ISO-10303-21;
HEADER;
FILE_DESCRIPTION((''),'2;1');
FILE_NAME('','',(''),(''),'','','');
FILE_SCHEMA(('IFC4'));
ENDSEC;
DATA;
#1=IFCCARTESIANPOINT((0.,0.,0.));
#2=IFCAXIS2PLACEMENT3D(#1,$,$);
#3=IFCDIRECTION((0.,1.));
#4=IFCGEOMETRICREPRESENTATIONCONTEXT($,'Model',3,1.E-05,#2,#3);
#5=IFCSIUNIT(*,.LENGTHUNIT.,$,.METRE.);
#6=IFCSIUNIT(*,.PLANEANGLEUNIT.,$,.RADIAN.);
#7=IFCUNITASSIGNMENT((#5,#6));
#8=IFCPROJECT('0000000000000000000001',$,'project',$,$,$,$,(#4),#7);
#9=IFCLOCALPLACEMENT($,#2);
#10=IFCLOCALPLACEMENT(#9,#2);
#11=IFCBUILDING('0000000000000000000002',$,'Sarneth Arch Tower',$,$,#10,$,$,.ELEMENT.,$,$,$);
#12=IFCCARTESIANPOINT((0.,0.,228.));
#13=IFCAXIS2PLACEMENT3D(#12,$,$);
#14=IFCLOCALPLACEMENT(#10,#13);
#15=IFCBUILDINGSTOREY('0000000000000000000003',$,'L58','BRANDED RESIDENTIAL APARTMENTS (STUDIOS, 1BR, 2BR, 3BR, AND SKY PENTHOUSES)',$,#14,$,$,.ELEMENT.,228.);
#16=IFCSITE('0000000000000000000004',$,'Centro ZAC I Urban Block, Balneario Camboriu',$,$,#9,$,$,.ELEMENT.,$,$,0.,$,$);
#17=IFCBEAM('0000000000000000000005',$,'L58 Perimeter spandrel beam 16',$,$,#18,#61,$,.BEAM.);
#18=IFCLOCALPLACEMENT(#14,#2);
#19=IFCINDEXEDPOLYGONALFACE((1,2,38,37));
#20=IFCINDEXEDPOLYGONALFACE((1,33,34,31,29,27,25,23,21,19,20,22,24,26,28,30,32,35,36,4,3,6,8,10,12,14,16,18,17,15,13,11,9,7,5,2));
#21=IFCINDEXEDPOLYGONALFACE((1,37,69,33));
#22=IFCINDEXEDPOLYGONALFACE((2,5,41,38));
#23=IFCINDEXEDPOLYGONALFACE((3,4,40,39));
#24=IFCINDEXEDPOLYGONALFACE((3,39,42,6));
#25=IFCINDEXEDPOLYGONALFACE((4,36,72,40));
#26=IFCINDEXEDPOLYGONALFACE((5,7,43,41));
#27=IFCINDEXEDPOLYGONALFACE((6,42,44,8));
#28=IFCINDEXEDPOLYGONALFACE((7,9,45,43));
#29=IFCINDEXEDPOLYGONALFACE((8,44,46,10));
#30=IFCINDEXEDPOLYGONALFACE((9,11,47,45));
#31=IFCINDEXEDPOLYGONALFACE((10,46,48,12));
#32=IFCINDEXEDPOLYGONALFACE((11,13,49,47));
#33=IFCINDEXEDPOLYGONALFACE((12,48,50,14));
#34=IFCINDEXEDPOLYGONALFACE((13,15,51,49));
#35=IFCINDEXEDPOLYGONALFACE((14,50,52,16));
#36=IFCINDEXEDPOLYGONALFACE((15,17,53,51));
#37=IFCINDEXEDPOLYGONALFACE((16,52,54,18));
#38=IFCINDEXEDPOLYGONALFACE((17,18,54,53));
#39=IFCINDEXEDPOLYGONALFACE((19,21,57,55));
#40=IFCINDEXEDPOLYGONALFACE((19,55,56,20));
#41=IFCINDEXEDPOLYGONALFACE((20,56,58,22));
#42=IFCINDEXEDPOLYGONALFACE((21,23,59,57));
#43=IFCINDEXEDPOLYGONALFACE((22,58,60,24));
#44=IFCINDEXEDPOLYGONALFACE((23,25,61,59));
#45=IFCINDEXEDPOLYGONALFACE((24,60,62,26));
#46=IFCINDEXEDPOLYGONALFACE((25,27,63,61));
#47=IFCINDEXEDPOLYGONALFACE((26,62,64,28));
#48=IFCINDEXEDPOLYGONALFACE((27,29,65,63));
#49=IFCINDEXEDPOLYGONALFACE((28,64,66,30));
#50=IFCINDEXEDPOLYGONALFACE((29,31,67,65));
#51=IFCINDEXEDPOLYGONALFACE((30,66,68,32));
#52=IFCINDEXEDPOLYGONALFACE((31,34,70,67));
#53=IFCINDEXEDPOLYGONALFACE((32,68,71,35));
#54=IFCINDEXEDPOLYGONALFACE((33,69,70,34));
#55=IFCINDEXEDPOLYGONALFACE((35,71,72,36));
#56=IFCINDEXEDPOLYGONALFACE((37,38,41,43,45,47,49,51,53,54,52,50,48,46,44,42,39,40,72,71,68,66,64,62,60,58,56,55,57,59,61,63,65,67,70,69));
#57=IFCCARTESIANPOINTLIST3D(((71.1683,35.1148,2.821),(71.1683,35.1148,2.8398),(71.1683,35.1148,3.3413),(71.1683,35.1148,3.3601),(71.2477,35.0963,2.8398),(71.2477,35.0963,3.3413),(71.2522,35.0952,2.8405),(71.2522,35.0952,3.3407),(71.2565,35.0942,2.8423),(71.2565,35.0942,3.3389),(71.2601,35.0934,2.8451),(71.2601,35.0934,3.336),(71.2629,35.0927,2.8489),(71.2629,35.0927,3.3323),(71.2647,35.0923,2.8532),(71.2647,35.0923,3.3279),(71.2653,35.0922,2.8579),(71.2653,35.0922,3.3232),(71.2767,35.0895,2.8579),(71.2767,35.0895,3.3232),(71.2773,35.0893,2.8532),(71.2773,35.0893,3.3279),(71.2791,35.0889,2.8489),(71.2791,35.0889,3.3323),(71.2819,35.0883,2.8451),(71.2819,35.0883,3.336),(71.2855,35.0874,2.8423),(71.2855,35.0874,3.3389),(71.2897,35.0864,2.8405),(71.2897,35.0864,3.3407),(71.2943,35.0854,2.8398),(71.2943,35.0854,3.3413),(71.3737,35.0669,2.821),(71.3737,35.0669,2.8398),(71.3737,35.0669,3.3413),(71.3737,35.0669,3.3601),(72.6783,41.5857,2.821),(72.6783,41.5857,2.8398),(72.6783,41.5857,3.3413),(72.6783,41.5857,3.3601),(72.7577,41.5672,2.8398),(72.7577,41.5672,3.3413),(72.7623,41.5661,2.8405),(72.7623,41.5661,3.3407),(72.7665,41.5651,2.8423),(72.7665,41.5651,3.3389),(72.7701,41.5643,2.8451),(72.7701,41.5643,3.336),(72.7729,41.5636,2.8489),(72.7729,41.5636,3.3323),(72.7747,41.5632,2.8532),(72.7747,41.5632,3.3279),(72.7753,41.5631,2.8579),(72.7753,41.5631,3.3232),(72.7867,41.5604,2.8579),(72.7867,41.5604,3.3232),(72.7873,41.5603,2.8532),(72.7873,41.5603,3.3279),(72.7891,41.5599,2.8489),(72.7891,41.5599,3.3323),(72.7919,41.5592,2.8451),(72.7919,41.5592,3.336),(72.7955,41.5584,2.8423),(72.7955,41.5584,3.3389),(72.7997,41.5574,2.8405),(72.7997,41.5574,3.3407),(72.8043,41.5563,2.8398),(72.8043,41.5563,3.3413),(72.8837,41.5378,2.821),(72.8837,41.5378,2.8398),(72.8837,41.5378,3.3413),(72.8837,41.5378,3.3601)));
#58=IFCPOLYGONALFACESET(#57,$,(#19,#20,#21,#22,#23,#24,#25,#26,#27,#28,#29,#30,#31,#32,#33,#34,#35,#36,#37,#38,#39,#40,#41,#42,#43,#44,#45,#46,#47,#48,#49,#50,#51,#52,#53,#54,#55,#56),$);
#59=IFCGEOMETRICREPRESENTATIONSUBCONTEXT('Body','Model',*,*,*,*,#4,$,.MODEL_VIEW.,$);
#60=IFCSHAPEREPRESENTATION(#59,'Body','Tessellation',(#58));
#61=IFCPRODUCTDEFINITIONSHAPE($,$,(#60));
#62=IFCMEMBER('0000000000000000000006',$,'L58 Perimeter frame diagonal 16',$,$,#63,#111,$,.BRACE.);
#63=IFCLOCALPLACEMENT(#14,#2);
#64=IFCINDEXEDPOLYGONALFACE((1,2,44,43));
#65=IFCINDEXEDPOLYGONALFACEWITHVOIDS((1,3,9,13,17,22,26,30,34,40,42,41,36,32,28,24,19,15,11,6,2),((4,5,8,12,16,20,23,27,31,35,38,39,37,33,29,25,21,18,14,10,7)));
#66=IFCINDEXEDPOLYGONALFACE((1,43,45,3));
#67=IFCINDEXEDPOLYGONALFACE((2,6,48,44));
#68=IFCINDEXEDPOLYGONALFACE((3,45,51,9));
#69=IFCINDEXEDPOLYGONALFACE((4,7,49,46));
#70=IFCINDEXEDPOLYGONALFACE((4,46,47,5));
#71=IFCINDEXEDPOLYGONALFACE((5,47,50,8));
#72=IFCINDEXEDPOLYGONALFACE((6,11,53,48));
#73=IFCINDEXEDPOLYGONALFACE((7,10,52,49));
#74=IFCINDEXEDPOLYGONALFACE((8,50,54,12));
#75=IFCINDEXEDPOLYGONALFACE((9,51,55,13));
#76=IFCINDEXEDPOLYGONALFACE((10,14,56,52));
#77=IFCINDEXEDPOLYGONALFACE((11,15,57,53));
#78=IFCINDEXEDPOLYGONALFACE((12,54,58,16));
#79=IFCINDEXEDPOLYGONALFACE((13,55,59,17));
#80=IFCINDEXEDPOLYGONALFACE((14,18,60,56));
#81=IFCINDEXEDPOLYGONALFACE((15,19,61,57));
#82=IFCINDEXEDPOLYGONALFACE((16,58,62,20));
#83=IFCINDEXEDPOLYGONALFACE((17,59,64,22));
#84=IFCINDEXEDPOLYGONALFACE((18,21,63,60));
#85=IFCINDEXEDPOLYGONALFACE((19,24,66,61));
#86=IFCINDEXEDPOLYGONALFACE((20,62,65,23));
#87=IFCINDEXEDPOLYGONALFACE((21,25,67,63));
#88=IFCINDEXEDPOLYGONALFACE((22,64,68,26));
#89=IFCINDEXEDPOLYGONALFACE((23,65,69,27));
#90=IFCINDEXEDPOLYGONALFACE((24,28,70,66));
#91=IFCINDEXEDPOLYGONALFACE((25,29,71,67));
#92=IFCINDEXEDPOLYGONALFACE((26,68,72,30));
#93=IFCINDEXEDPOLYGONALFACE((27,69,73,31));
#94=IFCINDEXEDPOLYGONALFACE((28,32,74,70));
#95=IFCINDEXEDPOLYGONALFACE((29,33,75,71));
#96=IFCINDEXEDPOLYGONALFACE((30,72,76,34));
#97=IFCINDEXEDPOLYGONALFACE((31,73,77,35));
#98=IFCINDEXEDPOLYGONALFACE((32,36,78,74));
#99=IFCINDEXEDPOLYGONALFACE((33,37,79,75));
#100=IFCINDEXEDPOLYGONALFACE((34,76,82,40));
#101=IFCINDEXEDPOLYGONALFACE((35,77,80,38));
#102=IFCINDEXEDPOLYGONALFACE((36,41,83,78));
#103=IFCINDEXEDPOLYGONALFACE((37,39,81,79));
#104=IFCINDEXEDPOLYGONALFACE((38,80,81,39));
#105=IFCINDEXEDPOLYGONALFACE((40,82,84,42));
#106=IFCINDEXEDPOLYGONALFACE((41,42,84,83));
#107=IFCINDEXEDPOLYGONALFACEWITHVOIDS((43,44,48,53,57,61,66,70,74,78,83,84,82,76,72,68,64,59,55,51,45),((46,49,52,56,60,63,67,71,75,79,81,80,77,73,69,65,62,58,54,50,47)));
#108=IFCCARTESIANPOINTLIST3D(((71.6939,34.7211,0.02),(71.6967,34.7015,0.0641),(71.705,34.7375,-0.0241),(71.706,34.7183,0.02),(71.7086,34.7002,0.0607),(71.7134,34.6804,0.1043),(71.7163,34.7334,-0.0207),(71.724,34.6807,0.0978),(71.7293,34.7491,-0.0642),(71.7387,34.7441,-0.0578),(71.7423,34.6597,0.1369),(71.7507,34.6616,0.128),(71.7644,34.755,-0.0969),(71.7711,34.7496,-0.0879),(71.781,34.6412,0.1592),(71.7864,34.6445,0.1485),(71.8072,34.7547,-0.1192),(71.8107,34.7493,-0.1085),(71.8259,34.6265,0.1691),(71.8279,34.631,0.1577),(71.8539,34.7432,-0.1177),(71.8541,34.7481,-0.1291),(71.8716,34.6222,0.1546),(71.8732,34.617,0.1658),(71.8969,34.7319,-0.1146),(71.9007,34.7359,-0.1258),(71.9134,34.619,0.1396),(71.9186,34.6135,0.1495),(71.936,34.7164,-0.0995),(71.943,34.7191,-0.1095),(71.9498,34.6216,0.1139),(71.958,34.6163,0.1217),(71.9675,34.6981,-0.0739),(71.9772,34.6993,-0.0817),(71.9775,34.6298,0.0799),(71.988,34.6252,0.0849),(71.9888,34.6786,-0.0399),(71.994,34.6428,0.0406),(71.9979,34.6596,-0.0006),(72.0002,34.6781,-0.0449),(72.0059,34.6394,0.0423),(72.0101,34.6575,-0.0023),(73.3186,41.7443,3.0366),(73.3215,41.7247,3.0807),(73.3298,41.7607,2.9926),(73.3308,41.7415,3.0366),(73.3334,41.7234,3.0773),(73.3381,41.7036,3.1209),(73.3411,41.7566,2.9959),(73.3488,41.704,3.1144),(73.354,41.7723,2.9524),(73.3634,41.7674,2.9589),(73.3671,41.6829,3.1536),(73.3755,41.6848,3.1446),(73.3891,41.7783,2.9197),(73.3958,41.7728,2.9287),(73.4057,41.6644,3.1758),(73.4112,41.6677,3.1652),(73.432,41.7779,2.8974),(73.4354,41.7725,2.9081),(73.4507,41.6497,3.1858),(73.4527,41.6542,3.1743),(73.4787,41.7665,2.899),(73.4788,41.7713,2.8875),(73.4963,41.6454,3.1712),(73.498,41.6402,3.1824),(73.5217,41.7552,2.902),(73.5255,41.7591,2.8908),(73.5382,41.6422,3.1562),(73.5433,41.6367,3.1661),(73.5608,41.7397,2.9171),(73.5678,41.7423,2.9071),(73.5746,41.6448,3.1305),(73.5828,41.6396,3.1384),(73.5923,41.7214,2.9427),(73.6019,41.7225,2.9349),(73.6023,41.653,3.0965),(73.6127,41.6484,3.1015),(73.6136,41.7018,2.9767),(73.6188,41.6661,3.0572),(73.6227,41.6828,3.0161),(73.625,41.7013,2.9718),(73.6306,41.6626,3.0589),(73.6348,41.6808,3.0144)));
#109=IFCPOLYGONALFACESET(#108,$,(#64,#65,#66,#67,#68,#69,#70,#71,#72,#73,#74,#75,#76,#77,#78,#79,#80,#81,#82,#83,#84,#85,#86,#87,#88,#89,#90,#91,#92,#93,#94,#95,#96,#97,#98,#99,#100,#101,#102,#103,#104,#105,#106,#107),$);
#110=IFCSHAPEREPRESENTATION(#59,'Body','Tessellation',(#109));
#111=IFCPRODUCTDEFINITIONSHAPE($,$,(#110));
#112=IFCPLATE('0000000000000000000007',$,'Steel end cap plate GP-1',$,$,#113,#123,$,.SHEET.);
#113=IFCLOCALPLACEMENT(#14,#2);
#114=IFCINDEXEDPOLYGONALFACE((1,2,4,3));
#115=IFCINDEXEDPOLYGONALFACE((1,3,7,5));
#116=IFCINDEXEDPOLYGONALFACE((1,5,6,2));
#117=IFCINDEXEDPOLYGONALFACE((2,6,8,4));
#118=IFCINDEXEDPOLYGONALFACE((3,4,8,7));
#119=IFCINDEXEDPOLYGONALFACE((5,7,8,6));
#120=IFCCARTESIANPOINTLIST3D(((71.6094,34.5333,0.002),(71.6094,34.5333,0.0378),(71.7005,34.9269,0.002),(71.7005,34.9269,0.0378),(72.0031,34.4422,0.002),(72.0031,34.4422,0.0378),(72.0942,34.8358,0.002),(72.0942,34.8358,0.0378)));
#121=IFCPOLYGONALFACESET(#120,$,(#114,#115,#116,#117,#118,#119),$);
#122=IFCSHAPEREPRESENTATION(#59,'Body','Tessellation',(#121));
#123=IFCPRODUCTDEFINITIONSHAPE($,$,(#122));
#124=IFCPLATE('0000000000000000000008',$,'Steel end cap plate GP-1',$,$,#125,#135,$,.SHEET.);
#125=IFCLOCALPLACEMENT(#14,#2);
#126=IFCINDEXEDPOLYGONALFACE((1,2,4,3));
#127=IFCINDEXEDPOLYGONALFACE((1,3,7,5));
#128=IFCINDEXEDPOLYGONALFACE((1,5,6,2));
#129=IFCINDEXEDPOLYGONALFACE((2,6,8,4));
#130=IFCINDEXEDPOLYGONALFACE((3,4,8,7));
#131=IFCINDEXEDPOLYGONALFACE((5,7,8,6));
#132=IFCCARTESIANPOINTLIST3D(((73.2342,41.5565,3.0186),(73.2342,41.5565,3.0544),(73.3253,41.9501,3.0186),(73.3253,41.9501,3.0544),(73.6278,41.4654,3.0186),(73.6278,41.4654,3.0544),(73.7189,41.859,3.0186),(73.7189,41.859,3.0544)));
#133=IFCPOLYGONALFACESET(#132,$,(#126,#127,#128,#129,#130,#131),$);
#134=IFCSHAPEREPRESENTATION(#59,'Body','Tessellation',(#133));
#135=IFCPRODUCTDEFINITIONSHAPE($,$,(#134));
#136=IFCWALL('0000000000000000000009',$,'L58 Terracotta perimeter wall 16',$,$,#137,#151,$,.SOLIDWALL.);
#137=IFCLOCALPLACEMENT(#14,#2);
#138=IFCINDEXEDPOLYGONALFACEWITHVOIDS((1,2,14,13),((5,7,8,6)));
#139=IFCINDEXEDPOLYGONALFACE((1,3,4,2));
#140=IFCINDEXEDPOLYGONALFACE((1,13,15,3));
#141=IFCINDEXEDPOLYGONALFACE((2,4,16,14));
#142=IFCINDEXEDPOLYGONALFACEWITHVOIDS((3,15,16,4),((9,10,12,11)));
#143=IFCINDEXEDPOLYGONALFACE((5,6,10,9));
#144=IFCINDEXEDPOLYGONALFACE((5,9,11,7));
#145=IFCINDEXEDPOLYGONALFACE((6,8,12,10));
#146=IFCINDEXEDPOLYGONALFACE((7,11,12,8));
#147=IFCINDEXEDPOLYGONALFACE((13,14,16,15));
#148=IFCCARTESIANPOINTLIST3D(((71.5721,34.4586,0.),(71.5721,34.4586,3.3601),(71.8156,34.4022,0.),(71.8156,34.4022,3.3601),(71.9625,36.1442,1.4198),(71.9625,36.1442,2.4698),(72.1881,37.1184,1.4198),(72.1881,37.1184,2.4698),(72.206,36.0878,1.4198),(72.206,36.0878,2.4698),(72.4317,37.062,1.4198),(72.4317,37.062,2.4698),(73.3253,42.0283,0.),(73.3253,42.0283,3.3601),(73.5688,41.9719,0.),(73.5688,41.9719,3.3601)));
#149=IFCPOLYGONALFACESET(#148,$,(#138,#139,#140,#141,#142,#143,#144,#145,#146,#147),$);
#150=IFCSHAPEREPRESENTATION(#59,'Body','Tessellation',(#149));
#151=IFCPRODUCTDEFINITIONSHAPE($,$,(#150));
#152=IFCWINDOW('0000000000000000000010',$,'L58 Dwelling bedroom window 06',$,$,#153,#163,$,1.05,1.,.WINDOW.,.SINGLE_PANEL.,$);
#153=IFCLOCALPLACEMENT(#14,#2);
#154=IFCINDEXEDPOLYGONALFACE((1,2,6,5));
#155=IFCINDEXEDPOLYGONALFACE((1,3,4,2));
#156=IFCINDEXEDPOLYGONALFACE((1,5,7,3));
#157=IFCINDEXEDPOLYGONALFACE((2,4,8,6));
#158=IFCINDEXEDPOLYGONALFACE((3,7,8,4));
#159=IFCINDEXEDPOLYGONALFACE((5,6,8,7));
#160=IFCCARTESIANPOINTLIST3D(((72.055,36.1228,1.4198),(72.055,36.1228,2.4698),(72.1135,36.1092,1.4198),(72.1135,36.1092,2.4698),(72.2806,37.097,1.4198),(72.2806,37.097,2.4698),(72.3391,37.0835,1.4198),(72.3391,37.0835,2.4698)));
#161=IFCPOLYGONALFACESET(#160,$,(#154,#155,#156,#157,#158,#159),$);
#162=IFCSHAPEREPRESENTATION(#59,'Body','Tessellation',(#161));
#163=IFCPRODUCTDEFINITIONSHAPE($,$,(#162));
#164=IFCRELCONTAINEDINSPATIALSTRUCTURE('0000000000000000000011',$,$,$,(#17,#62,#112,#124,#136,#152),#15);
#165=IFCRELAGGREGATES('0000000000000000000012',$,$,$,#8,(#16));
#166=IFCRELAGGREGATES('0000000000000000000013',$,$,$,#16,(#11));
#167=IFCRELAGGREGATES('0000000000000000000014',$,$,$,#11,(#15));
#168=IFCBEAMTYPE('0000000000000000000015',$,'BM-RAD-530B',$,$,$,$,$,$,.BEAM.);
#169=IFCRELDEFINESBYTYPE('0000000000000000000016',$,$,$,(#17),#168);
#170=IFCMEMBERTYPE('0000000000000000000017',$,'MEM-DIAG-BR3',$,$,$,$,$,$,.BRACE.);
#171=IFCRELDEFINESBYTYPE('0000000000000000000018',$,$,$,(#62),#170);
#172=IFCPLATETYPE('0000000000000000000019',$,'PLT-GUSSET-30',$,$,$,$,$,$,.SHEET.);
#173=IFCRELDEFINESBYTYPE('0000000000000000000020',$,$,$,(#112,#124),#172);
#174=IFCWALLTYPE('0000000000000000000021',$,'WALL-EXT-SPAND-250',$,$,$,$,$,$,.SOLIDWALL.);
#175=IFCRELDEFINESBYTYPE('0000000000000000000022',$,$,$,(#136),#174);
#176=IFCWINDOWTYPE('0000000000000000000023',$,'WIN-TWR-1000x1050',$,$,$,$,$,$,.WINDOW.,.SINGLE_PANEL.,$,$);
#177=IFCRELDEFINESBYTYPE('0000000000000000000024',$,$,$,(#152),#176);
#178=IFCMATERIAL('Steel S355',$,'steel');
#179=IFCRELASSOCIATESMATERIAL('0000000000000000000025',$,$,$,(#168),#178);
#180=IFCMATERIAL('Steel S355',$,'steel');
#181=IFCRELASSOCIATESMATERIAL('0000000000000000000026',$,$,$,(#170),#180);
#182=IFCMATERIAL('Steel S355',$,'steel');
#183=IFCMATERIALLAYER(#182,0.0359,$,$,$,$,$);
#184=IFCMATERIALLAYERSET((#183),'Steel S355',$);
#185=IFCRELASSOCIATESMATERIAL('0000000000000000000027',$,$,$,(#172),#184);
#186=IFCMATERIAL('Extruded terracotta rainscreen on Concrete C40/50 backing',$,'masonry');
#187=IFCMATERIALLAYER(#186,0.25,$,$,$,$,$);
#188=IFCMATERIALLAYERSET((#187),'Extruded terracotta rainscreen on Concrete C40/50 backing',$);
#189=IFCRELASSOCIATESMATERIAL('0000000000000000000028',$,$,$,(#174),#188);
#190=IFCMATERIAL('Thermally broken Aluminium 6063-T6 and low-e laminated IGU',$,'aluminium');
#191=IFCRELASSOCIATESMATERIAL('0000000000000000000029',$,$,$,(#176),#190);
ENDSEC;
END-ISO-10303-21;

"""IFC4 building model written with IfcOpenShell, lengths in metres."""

from ifc_helpers import new_model, si_unit, direction, frame, frame_2d, origin, origin_2d, place, context, subcontext, project, spatial, rectangle, hollow_circle, i_section, extrude, material, layer, layer_set, material_profile, profile_set, type_object, element, fill, save


model = new_model("IFC4")

# Units and contexts
model_context = context("Model", 3, precision=1e-05, world=origin(), true_north=direction((0.0, 1.0)))
body_context = subcontext(model_context, "Body", "Model", "MODEL_VIEW")
ifc_project = project(units=[si_unit("LENGTHUNIT", "METRE"), si_unit("PLANEANGLEUNIT", "RADIAN")], contexts=[model_context])

# Site, building, storey
site_placement = place(None, origin())
site = spatial("IfcSite", under=ifc_project, at=site_placement, Name="Centro ZAC I Urban Block, Balneario Camboriu", CompositionType="ELEMENT", RefElevation=0.0)
building_placement = place(site_placement, origin())
building = spatial("IfcBuilding", under=site, at=building_placement, Name="Sarneth Arch Tower", CompositionType="ELEMENT")
storey_placement = place(building_placement, frame((0.0, 0.0, 228.0)))
storey = spatial("IfcBuildingStorey", under=building, at=storey_placement, Name="L58", Description="BRANDED RESIDENTIAL APARTMENTS (STUDIOS, 1BR, 2BR, 3BR, AND SKY PENTHOUSES)", CompositionType="ELEMENT", Elevation=228.0)

# Beam
ifc_material_1 = material(Name="Steel S355", Category="steel")
ifc_material_profile_1 = material_profile(ifc_material_1, i_section(OverallWidth=0.2109, OverallDepth=0.5391, WebThickness=0.0117, FlangeThickness=0.0188, FilletRadius=0.0181, at=origin_2d()), Name="W530x109")
ifc_profile_set_1 = profile_set([ifc_material_profile_1], Name="Steel S355")
beam_type_1 = type_object("IfcBeamType", Name="BM-RAD-530B", PredefinedType="BEAM", material=ifc_profile_set_1)
beam_1_placement = place(storey_placement, frame((71.271, 35.0908, 3.0906), z_axis=(0.227247, 0.973837, 0.0), x_axis=(-0.973837, 0.227247, 0.0)))
element("IfcBeam", 1, at=beam_1_placement, inside=storey, type_object=beam_type_1, Name="L58 Perimeter spandrel beam 16", PredefinedType="BEAM", context=body_context, shape_type="SweptSolid", body=[
    extrude(i_section(OverallWidth=0.2109, OverallDepth=0.5391, WebThickness=0.0117, FlangeThickness=0.0188, FilletRadius=0.0181, at=origin_2d()), origin(), (0.0, 0.0, 1.0), 6.6448),
])

# Member
ifc_material_2 = material(Name="Steel S355", Category="steel")
ifc_material_profile_2 = material_profile(ifc_material_2, hollow_circle(Radius=0.1621, WallThickness=0.0125, at=origin_2d()), Name="CHS324x12.5")
ifc_profile_set_2 = profile_set([ifc_material_profile_2], Name="Steel S355")
member_type = type_object("IfcMemberType", Name="MEM-DIAG-BR3", PredefinedType="BRACE", material=ifc_profile_set_2)
member_placement = place(storey_placement, frame((71.8518, 34.6846, 0.02), z_axis=(0.207918, 0.898749, 0.386031), x_axis=(-0.974269, 0.225389, 0.0)))
element("IfcMember", 2, at=member_placement, inside=storey, type_object=member_type, Name="L58 Perimeter frame diagonal 16", PredefinedType="BRACE", context=body_context, shape_type="SweptSolid", body=[
    extrude(hollow_circle(Radius=0.1621, WallThickness=0.0125, at=origin_2d()), origin(), (0.0, 0.0, 1.0), 7.8145),
])

# Plates
ifc_material_3 = material(Name="Steel S355", Category="steel")
ifc_layer_1 = layer(ifc_material_3, 0.0359)
ifc_layer_set_1 = layer_set([ifc_layer_1], Name="Steel S355")
plate_type = type_object("IfcPlateType", Name="PLT-GUSSET-30", PredefinedType="SHEET", material=ifc_layer_set_1)
for number, where, z_axis, x_axis, name in (
    (3, (71.8518, 34.6846, 0.002), (0.0, 0.0, 1.0), (0.225461, 0.974252, 0.0), "Steel end cap plate GP-1"),
    (4, (73.4766, 41.7078, 3.0186), (0.0, 0.0, 1.0), (0.225461, 0.974252, 0.0), "Steel end cap plate GP-1"),
):
    element("IfcPlate", number, at=place(storey_placement, frame(where, z_axis=z_axis, x_axis=x_axis)), inside=storey, type_object=plate_type, Name=name, PredefinedType="SHEET", context=body_context, shape_type="SweptSolid", body=[
        extrude(rectangle(XDim=0.4041, YDim=0.4041, at=origin_2d()), origin(), (0.0, 0.0, 1.0), 0.0359),
    ])

# Wall, opening, window
ifc_material_4 = material(Name="Extruded terracotta rainscreen on Concrete C40/50 backing", Category="masonry")
ifc_layer_2 = layer(ifc_material_4, 0.25)
ifc_layer_set_2 = layer_set([ifc_layer_2], Name="Extruded terracotta rainscreen on Concrete C40/50 backing")
wall_type_1 = type_object("IfcWallType", Name="WALL-EXT-SPAND-250", PredefinedType="SOLIDWALL", material=ifc_layer_set_2)
wall_1_placement = place(storey_placement, frame((71.6938, 34.4304, 0.0), z_axis=(0.0, 0.0, 1.0), x_axis=(0.225635, 0.974212, 0.0)))
wall_1 = element("IfcWall", 5, at=wall_1_placement, inside=storey, type_object=wall_type_1, Name="L58 Terracotta perimeter wall 16", PredefinedType="SOLIDWALL", context=body_context, shape_type="SweptSolid", body=[
    extrude(rectangle(XDim=7.77, YDim=0.25, at=frame_2d((3.885, 0.0))), origin(), (0.0, 0.0, 1.0), 3.3601),
])
opening_1_placement = place(wall_1_placement, frame((1.7302, 0.0, 1.4199)))
opening_1 = element("IfcOpeningElement", 6, at=opening_1_placement, cuts=wall_1, PredefinedType="OPENING", context=body_context, shape_type="SweptSolid", body=[
    extrude(rectangle(XDim=1.0, YDim=1.05, at=frame_2d((0.5, 0.5249))), frame((0.0, 0.135, 0.0), z_axis=(0.0, -1.0, 0.0), x_axis=(1.0, 0.0, 0.0)), (0.0, 0.0, 1.0), 0.27),
])
ifc_material_5 = material(Name="Thermally broken Aluminium 6063-T6 and low-e laminated IGU", Category="aluminium")
window_type = type_object("IfcWindowType", Name="WIN-TWR-1000x1050", PartitioningType="SINGLE_PANEL", PredefinedType="WINDOW", material=ifc_material_5)
window_placement = place(opening_1_placement, origin())
window = element("IfcWindow", 7, at=window_placement, inside=storey, type_object=window_type, Name="L58 Dwelling bedroom window 06", OverallHeight=1.05, OverallWidth=1.0, PartitioningType="SINGLE_PANEL", PredefinedType="WINDOW", context=body_context, shape_type="SweptSolid", body=[
    extrude(rectangle(XDim=1.0, YDim=1.05, at=frame_2d((0.5, 0.5249))), frame((0.0, 0.03, 0.0), z_axis=(0.0, -1.0, 0.0), x_axis=(1.0, 0.0, 0.0)), (0.0, 0.0, 1.0), 0.0601),
])
fill(opening_1, window)

save(model, "model.ifc")
